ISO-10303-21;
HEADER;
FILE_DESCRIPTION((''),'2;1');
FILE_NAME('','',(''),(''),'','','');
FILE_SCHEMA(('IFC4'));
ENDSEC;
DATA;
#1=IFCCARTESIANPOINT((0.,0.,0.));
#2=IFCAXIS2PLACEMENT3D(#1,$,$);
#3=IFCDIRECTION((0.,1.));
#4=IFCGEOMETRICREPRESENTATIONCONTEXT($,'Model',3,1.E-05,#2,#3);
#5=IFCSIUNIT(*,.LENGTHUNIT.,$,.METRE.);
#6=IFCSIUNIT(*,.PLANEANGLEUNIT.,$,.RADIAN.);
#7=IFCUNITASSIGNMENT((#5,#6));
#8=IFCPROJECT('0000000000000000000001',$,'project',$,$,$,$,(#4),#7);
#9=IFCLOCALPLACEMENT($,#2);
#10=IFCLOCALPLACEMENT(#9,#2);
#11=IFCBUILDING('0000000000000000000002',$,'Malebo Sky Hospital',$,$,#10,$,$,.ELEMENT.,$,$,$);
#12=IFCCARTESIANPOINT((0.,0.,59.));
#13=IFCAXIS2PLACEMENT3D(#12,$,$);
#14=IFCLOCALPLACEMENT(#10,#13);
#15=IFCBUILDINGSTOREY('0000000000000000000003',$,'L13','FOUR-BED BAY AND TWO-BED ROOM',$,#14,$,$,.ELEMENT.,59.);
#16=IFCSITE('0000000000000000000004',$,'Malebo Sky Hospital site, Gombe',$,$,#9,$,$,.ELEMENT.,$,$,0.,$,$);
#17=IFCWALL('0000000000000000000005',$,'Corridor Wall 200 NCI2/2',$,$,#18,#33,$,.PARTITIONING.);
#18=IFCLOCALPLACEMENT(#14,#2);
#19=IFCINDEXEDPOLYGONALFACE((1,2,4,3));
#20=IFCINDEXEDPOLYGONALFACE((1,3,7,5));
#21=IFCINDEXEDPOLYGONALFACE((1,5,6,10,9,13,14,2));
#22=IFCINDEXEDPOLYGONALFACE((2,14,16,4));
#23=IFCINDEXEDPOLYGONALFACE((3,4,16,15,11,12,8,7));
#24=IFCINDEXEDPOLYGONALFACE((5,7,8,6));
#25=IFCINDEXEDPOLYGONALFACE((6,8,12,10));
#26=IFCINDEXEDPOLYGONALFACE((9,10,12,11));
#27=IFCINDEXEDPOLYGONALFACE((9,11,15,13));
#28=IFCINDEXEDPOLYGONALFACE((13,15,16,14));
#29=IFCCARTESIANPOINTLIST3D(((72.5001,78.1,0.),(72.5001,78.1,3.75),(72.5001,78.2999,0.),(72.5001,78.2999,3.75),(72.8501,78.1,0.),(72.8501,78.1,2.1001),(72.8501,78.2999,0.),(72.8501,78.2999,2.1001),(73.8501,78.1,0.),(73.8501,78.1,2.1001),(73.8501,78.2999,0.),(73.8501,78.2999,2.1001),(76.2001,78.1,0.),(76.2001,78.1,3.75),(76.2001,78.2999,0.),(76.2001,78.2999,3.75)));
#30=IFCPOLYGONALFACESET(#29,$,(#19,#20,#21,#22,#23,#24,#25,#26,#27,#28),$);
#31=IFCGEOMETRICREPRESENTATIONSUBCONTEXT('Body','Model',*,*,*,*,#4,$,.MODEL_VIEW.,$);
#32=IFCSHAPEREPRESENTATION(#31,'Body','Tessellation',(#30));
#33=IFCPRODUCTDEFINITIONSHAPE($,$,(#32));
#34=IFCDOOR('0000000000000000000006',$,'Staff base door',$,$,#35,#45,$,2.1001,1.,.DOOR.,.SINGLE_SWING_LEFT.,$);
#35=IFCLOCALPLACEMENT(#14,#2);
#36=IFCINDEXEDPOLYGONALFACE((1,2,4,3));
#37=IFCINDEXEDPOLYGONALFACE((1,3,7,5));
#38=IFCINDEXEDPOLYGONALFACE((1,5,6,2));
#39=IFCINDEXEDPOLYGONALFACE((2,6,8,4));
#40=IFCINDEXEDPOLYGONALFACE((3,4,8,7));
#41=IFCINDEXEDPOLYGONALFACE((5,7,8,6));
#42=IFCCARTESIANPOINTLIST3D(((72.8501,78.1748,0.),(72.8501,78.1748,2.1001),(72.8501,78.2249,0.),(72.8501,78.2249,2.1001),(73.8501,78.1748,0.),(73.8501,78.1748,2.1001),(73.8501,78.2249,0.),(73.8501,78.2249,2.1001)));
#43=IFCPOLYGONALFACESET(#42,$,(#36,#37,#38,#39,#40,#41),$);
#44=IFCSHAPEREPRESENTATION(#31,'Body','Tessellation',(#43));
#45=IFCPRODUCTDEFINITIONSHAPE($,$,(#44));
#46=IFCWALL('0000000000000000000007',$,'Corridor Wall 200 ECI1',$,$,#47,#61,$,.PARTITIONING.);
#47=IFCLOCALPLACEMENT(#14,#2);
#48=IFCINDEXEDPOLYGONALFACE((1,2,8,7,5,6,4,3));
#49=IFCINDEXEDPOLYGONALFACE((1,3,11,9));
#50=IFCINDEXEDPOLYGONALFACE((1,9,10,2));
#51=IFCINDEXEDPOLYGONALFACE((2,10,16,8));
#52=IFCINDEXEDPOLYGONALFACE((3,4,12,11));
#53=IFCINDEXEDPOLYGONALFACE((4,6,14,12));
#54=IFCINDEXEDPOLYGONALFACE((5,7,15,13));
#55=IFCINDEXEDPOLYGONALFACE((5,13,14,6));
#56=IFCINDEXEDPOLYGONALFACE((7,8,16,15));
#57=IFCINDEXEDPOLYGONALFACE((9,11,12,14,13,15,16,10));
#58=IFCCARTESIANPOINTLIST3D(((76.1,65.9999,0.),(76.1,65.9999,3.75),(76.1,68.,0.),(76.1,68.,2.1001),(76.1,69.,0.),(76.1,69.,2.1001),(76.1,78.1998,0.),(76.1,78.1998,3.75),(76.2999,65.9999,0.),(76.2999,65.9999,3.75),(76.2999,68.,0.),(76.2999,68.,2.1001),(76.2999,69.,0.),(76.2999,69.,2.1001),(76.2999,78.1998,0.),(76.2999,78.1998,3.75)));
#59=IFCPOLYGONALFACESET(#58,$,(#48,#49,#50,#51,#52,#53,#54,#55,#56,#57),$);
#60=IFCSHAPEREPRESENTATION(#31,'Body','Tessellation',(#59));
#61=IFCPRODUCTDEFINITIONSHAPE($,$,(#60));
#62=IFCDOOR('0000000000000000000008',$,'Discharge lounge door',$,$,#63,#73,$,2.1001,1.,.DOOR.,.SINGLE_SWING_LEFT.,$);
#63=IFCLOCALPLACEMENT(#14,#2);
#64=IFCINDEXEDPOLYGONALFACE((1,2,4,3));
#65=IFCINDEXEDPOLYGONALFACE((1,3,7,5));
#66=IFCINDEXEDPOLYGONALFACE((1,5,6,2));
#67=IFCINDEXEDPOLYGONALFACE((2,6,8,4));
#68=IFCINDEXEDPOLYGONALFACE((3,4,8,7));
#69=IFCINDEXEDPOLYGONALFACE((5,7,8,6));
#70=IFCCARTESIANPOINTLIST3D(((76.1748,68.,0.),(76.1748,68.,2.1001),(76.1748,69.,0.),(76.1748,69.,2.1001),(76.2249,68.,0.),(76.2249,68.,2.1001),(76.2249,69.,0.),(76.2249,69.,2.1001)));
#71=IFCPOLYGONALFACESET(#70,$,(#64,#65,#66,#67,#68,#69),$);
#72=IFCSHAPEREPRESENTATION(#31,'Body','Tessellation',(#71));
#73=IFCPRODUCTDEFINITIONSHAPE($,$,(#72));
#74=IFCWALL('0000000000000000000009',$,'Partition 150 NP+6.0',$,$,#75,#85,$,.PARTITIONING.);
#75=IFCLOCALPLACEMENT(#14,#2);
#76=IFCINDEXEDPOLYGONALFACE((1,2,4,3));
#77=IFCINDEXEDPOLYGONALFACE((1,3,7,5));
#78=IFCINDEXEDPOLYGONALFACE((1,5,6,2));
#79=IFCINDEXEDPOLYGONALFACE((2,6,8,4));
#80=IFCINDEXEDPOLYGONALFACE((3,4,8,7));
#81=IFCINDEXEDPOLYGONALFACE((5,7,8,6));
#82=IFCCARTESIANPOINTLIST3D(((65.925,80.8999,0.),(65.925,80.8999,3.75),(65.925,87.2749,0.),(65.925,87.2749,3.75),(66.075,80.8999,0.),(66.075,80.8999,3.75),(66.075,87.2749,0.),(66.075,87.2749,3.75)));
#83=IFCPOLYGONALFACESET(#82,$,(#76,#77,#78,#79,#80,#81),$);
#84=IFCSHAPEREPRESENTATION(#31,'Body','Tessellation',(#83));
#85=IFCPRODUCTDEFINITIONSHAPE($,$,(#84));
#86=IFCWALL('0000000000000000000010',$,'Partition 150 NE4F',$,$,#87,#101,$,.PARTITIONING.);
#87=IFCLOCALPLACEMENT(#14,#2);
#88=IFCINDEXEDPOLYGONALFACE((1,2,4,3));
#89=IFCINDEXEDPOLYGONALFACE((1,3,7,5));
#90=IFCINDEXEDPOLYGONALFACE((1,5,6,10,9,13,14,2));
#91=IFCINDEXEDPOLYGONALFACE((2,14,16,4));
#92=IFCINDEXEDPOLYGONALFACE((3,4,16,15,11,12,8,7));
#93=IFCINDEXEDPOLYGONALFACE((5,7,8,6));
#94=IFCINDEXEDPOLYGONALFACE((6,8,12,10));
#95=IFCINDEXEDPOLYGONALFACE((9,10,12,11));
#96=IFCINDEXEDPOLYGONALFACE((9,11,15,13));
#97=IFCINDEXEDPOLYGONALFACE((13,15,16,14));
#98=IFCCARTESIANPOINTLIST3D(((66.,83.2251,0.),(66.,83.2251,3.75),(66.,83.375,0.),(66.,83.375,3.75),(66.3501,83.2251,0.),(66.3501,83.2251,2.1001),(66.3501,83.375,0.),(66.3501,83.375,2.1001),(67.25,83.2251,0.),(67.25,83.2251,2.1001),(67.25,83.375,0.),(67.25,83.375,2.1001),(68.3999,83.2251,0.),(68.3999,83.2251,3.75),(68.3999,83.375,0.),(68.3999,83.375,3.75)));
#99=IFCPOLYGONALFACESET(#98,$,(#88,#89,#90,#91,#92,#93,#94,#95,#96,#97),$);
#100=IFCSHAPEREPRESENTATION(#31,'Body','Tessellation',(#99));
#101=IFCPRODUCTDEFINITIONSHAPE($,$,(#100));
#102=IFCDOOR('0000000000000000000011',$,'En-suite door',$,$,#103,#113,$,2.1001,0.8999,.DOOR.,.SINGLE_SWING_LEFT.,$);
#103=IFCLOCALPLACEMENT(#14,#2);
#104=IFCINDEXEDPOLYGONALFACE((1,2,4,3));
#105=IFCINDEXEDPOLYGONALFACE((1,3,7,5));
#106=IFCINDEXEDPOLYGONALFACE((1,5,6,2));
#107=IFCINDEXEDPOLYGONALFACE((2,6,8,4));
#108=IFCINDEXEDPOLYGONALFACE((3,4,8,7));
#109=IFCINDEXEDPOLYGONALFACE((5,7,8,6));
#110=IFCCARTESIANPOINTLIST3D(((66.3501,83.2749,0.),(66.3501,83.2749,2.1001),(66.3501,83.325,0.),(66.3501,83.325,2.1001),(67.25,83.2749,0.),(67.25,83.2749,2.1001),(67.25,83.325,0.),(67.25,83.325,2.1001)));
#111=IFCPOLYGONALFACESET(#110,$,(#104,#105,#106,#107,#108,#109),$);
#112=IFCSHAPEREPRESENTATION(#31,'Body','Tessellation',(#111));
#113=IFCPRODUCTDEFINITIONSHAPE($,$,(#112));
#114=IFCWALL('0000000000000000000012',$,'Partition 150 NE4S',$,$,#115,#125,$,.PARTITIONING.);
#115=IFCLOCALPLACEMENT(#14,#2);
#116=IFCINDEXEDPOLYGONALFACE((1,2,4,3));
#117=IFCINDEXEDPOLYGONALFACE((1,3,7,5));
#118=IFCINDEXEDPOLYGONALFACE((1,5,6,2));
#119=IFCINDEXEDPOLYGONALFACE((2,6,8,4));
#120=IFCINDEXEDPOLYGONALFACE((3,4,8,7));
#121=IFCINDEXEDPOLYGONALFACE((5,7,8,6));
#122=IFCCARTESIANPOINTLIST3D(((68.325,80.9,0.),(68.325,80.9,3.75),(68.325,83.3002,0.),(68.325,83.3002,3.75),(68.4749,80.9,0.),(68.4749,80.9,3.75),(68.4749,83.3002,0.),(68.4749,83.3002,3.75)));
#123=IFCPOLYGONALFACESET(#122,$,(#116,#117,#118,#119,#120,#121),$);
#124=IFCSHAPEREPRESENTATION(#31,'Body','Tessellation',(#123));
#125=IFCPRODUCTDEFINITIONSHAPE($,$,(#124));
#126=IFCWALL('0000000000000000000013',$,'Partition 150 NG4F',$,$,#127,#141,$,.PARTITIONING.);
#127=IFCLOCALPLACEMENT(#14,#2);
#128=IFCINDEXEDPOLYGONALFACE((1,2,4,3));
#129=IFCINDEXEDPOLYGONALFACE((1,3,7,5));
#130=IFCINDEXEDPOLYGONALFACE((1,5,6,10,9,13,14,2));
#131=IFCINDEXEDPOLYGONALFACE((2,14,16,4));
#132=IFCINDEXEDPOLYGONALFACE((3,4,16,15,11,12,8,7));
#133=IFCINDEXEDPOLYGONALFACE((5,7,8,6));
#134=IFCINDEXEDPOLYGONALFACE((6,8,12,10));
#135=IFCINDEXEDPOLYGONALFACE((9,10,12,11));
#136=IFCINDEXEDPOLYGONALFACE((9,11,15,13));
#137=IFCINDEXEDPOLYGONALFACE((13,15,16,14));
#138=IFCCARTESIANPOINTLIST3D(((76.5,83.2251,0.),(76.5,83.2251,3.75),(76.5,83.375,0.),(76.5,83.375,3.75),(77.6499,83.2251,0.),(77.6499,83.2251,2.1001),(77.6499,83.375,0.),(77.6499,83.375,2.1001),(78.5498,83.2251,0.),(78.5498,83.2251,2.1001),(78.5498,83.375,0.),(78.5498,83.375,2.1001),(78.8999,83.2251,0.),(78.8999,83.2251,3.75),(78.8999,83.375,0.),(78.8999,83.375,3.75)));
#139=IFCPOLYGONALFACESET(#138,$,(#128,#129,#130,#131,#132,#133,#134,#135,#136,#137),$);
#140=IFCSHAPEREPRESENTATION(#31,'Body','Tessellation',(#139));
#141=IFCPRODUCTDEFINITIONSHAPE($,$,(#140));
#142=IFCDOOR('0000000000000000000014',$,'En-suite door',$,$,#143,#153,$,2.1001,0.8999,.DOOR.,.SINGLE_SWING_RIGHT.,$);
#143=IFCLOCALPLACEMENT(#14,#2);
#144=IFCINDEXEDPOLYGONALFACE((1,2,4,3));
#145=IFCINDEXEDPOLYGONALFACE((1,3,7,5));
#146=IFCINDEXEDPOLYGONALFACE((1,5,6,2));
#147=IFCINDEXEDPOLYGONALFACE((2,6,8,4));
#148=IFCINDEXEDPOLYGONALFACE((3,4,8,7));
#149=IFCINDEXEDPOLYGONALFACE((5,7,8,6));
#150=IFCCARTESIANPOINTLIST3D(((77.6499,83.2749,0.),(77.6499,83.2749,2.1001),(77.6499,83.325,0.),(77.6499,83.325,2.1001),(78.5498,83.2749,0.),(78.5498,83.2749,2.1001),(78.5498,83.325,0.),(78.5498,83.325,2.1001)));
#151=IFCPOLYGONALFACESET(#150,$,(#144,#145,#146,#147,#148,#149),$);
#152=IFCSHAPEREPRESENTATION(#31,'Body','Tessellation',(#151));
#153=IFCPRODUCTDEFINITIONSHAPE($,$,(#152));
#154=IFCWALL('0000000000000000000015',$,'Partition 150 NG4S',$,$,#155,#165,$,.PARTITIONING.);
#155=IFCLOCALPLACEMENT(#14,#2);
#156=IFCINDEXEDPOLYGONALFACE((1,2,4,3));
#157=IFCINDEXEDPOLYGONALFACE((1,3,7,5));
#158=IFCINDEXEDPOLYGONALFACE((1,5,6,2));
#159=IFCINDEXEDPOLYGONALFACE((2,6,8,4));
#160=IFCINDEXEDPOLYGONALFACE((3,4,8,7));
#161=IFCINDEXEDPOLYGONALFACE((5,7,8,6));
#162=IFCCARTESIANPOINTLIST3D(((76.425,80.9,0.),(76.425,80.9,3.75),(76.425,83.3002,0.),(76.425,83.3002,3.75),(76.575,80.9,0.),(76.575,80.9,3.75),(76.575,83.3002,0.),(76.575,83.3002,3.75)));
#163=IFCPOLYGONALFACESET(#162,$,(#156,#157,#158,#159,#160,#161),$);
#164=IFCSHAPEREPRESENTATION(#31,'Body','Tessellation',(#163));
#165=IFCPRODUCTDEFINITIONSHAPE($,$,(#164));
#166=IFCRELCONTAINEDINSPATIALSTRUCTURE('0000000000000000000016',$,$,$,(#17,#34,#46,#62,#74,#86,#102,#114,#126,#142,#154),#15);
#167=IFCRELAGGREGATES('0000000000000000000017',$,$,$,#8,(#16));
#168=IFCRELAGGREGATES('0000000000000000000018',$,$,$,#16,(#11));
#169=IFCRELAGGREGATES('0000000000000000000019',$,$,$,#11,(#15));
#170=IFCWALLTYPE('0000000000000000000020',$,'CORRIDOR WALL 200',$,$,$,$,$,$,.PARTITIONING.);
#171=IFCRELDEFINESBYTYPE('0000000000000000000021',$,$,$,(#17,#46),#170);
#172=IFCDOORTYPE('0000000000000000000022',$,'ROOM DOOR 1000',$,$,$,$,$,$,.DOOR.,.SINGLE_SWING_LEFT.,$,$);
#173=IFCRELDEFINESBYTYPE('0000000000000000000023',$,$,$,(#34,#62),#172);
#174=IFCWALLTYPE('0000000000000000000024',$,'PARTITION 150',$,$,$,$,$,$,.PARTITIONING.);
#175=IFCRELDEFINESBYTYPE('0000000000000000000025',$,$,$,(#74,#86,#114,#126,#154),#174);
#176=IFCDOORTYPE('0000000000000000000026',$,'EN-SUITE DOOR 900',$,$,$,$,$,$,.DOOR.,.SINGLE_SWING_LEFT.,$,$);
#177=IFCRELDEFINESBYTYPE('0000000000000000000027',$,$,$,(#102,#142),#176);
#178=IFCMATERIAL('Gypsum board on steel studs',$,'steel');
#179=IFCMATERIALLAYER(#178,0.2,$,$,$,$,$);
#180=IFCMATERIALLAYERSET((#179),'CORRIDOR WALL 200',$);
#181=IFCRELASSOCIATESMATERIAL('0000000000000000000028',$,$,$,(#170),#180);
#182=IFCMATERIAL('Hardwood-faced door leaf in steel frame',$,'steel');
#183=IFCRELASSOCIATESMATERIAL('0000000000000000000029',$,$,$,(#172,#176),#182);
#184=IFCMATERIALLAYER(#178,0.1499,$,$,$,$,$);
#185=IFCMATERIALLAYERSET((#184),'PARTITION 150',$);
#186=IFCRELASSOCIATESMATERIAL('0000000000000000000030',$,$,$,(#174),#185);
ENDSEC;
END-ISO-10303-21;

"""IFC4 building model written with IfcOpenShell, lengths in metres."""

from ifc_helpers import new_model, si_unit, direction, frame, frame_2d, origin, place, context, subcontext, project, spatial, rectangle, extrude, material, layer, layer_set, type_object, element, fill, save


model = new_model("IFC4")

# Units and contexts
model_context = context("Model", 3, precision=1e-05, world=origin(), true_north=direction((0.0, 1.0)))
body_context = subcontext(model_context, "Body", "Model", "MODEL_VIEW")
ifc_project = project(units=[si_unit("LENGTHUNIT", "METRE"), si_unit("PLANEANGLEUNIT", "RADIAN")], contexts=[model_context])

# Site, building, storey
site_placement = place(None, origin())
site = spatial("IfcSite", under=ifc_project, at=site_placement, Name="Malebo Sky Hospital site, Gombe", CompositionType="ELEMENT", RefElevation=0.0)
building_placement = place(site_placement, origin())
building = spatial("IfcBuilding", under=site, at=building_placement, Name="Malebo Sky Hospital", CompositionType="ELEMENT")
storey_placement = place(building_placement, frame((0.0, 0.0, 59.0)))
storey = spatial("IfcBuildingStorey", under=building, at=storey_placement, Name="L13", Description="FOUR-BED BAY AND TWO-BED ROOM", CompositionType="ELEMENT", Elevation=59.0)

# Shared definitions
ifc_material_1 = material(Name="Gypsum board on steel studs", Category="steel")
ifc_layer_1 = layer(ifc_material_1, 0.2)
ifc_layer_set_1 = layer_set([ifc_layer_1], Name="CORRIDOR WALL 200")
wall_type_1 = type_object("IfcWallType", Name="CORRIDOR WALL 200", PredefinedType="PARTITIONING", material=ifc_layer_set_1)
ifc_material_2 = material(Name="Hardwood-faced door leaf in steel frame", Category="steel")
door_type_1 = type_object("IfcDoorType", Name="ROOM DOOR 1000", OperationType="SINGLE_SWING_LEFT", PredefinedType="DOOR", material=ifc_material_2)

# Walls, openings, doors
wall_1_placement = place(storey_placement, frame((72.5, 78.2, 0.0), z_axis=(0.0, 0.0, 1.0), x_axis=(1.0, 0.0, 0.0)))
wall_1 = element("IfcWall", 1, at=wall_1_placement, inside=storey, type_object=wall_type_1, Name="Corridor Wall 200 NCI2/2", PredefinedType="PARTITIONING", context=body_context, shape_type="SweptSolid", body=[
    extrude(rectangle(XDim=3.7, YDim=0.2, at=frame_2d((1.8501, 0.0))), origin(), (0.0, 0.0, 1.0), 3.75),
])
opening_1_placement = place(wall_1_placement, frame((0.3501, 0.0, 0.0)))
opening_1 = element("IfcOpeningElement", 2, at=opening_1_placement, cuts=wall_1, PredefinedType="OPENING", context=body_context, shape_type="SweptSolid", body=[
    extrude(rectangle(XDim=1.0, YDim=2.1001, at=frame_2d((0.5, 1.05))), frame((0.0, 0.1099, 0.0), z_axis=(0.0, -1.0, 0.0), x_axis=(1.0, 0.0, 0.0)), (0.0, 0.0, 1.0), 0.22),
])
door_1_placement = place(opening_1_placement, origin())
door_1 = element("IfcDoor", 3, at=door_1_placement, inside=storey, type_object=door_type_1, Name="Staff base door", OperationType="SINGLE_SWING_LEFT", OverallHeight=2.1001, OverallWidth=1.0, PredefinedType="DOOR", context=body_context, shape_type="SweptSolid", body=[
    extrude(rectangle(XDim=1.0, YDim=2.1001, at=frame_2d((0.5, 1.05))), frame((0.0, 0.0249, 0.0), z_axis=(0.0, -1.0, 0.0), x_axis=(1.0, 0.0, 0.0)), (0.0, 0.0, 1.0), 0.05),
])
fill(opening_1, door_1)
wall_2_placement = place(storey_placement, frame((76.2, 78.2, 0.0), z_axis=(0.0, 0.0, 1.0), x_axis=(0.0, -1.0, 0.0)))
wall_2 = element("IfcWall", 4, at=wall_2_placement, inside=storey, type_object=wall_type_1, Name="Corridor Wall 200 ECI1", PredefinedType="PARTITIONING", context=body_context, shape_type="SweptSolid", body=[
    extrude(rectangle(XDim=12.2, YDim=0.2, at=frame_2d((6.1001, 0.0))), origin(), (0.0, 0.0, 1.0), 3.75),
])
opening_2_placement = place(wall_2_placement, frame((9.2, 0.0, 0.0)))
opening_2 = element("IfcOpeningElement", 5, at=opening_2_placement, cuts=wall_2, PredefinedType="OPENING", context=body_context, shape_type="SweptSolid", body=[
    extrude(rectangle(XDim=1.0, YDim=2.1001, at=frame_2d((0.5, 1.05))), frame((0.0, 0.1099, 0.0), z_axis=(0.0, -1.0, 0.0), x_axis=(1.0, 0.0, 0.0)), (0.0, 0.0, 1.0), 0.22),
])
door_2_placement = place(opening_2_placement, origin())
door_2 = element("IfcDoor", 6, at=door_2_placement, inside=storey, type_object=door_type_1, Name="Discharge lounge door", OperationType="SINGLE_SWING_LEFT", OverallHeight=2.1001, OverallWidth=1.0, PredefinedType="DOOR", context=body_context, shape_type="SweptSolid", body=[
    extrude(rectangle(XDim=1.0, YDim=2.1001, at=frame_2d((0.5, 1.05))), frame((0.0, 0.0249, 0.0), z_axis=(0.0, -1.0, 0.0), x_axis=(1.0, 0.0, 0.0)), (0.0, 0.0, 1.0), 0.05),
])
fill(opening_2, door_2)

# Wall
ifc_layer_2 = layer(ifc_material_1, 0.1499)
ifc_layer_set_2 = layer_set([ifc_layer_2], Name="PARTITION 150")
wall_type_2 = type_object("IfcWallType", Name="PARTITION 150", PredefinedType="PARTITIONING", material=ifc_layer_set_2)
wall_3_placement = place(storey_placement, frame((66.0, 80.8999, 0.0), z_axis=(0.0, 0.0, 1.0), x_axis=(0.0, 1.0, 0.0)))
element("IfcWall", 7, at=wall_3_placement, inside=storey, type_object=wall_type_2, Name="Partition 150 NP+6.0", PredefinedType="PARTITIONING", context=body_context, shape_type="SweptSolid", body=[
    extrude(rectangle(XDim=6.375, YDim=0.1499, at=frame_2d((3.1875, 0.0))), origin(), (0.0, 0.0, 1.0), 3.75),
])

# Wall, opening, door
wall_4_placement = place(storey_placement, frame((66.0, 83.3, 0.0), z_axis=(0.0, 0.0, 1.0), x_axis=(1.0, 0.0, 0.0)))
wall_4 = element("IfcWall", 8, at=wall_4_placement, inside=storey, type_object=wall_type_2, Name="Partition 150 NE4F", PredefinedType="PARTITIONING", context=body_context, shape_type="SweptSolid", body=[
    extrude(rectangle(XDim=2.3999, YDim=0.1499, at=frame_2d((1.2, 0.0))), origin(), (0.0, 0.0, 1.0), 3.75),
])
opening_3_placement = place(wall_4_placement, frame((0.3501, 0.0, 0.0)))
opening_3 = element("IfcOpeningElement", 9, at=opening_3_placement, cuts=wall_4, PredefinedType="OPENING", context=body_context, shape_type="SweptSolid", body=[
    extrude(rectangle(XDim=0.8999, YDim=2.1001, at=frame_2d((0.45, 1.05))), frame((0.0, 0.085, 0.0), z_axis=(0.0, -1.0, 0.0), x_axis=(1.0, 0.0, 0.0)), (0.0, 0.0, 1.0), 0.1699),
])
door_type_2 = type_object("IfcDoorType", Name="EN-SUITE DOOR 900", OperationType="SINGLE_SWING_LEFT", PredefinedType="DOOR", material=ifc_material_2)
door_3_placement = place(opening_3_placement, origin())
door_3 = element("IfcDoor", 10, at=door_3_placement, inside=storey, type_object=door_type_2, Name="En-suite door", OperationType="SINGLE_SWING_LEFT", OverallHeight=2.1001, OverallWidth=0.8999, PredefinedType="DOOR", context=body_context, shape_type="SweptSolid", body=[
    extrude(rectangle(XDim=0.8999, YDim=2.1001, at=frame_2d((0.45, 1.05))), frame((0.0, 0.0249, 0.0), z_axis=(0.0, -1.0, 0.0), x_axis=(1.0, 0.0, 0.0)), (0.0, 0.0, 1.0), 0.05),
])
fill(opening_3, door_3)

# Wall
wall_5_placement = place(storey_placement, frame((68.3999, 80.8999, 0.0), z_axis=(0.0, 0.0, 1.0), x_axis=(0.0, 1.0, 0.0)))
element("IfcWall", 11, at=wall_5_placement, inside=storey, type_object=wall_type_2, Name="Partition 150 NE4S", PredefinedType="PARTITIONING", context=body_context, shape_type="SweptSolid", body=[
    extrude(rectangle(XDim=2.4001, YDim=0.1499, at=frame_2d((1.2002, 0.0))), origin(), (0.0, 0.0, 1.0), 3.75),
])

# Wall, opening, door
wall_6_placement = place(storey_placement, frame((76.5, 83.3, 0.0), z_axis=(0.0, 0.0, 1.0), x_axis=(1.0, 0.0, 0.0)))
wall_6 = element("IfcWall", 12, at=wall_6_placement, inside=storey, type_object=wall_type_2, Name="Partition 150 NG4F", PredefinedType="PARTITIONING", context=body_context, shape_type="SweptSolid", body=[
    extrude(rectangle(XDim=2.3999, YDim=0.1499, at=frame_2d((1.2, 0.0))), origin(), (0.0, 0.0, 1.0), 3.75),
])
opening_4_placement = place(wall_6_placement, frame((1.1499, 0.0, 0.0)))
opening_4 = element("IfcOpeningElement", 13, at=opening_4_placement, cuts=wall_6, PredefinedType="OPENING", context=body_context, shape_type="SweptSolid", body=[
    extrude(rectangle(XDim=0.8999, YDim=2.1001, at=frame_2d((0.45, 1.05))), frame((0.0, 0.085, 0.0), z_axis=(0.0, -1.0, 0.0), x_axis=(1.0, 0.0, 0.0)), (0.0, 0.0, 1.0), 0.1699),
])
door_4_placement = place(opening_4_placement, origin())
door_4 = element("IfcDoor", 14, at=door_4_placement, inside=storey, type_object=door_type_2, Name="En-suite door", OperationType="SINGLE_SWING_RIGHT", OverallHeight=2.1001, OverallWidth=0.8999, PredefinedType="DOOR", context=body_context, shape_type="SweptSolid", body=[
    extrude(rectangle(XDim=0.8999, YDim=2.1001, at=frame_2d((0.45, 1.05))), frame((0.0, 0.0249, 0.0), z_axis=(0.0, -1.0, 0.0), x_axis=(1.0, 0.0, 0.0)), (0.0, 0.0, 1.0), 0.05),
])
fill(opening_4, door_4)

# Wall
wall_7_placement = place(storey_placement, frame((76.5, 80.8999, 0.0), z_axis=(0.0, 0.0, 1.0), x_axis=(0.0, 1.0, 0.0)))
element("IfcWall", 15, at=wall_7_placement, inside=storey, type_object=wall_type_2, Name="Partition 150 NG4S", PredefinedType="PARTITIONING", context=body_context, shape_type="SweptSolid", body=[
    extrude(rectangle(XDim=2.4001, YDim=0.1499, at=frame_2d((1.2002, 0.0))), origin(), (0.0, 0.0, 1.0), 3.75),
])

save(model, "model.ifc")
